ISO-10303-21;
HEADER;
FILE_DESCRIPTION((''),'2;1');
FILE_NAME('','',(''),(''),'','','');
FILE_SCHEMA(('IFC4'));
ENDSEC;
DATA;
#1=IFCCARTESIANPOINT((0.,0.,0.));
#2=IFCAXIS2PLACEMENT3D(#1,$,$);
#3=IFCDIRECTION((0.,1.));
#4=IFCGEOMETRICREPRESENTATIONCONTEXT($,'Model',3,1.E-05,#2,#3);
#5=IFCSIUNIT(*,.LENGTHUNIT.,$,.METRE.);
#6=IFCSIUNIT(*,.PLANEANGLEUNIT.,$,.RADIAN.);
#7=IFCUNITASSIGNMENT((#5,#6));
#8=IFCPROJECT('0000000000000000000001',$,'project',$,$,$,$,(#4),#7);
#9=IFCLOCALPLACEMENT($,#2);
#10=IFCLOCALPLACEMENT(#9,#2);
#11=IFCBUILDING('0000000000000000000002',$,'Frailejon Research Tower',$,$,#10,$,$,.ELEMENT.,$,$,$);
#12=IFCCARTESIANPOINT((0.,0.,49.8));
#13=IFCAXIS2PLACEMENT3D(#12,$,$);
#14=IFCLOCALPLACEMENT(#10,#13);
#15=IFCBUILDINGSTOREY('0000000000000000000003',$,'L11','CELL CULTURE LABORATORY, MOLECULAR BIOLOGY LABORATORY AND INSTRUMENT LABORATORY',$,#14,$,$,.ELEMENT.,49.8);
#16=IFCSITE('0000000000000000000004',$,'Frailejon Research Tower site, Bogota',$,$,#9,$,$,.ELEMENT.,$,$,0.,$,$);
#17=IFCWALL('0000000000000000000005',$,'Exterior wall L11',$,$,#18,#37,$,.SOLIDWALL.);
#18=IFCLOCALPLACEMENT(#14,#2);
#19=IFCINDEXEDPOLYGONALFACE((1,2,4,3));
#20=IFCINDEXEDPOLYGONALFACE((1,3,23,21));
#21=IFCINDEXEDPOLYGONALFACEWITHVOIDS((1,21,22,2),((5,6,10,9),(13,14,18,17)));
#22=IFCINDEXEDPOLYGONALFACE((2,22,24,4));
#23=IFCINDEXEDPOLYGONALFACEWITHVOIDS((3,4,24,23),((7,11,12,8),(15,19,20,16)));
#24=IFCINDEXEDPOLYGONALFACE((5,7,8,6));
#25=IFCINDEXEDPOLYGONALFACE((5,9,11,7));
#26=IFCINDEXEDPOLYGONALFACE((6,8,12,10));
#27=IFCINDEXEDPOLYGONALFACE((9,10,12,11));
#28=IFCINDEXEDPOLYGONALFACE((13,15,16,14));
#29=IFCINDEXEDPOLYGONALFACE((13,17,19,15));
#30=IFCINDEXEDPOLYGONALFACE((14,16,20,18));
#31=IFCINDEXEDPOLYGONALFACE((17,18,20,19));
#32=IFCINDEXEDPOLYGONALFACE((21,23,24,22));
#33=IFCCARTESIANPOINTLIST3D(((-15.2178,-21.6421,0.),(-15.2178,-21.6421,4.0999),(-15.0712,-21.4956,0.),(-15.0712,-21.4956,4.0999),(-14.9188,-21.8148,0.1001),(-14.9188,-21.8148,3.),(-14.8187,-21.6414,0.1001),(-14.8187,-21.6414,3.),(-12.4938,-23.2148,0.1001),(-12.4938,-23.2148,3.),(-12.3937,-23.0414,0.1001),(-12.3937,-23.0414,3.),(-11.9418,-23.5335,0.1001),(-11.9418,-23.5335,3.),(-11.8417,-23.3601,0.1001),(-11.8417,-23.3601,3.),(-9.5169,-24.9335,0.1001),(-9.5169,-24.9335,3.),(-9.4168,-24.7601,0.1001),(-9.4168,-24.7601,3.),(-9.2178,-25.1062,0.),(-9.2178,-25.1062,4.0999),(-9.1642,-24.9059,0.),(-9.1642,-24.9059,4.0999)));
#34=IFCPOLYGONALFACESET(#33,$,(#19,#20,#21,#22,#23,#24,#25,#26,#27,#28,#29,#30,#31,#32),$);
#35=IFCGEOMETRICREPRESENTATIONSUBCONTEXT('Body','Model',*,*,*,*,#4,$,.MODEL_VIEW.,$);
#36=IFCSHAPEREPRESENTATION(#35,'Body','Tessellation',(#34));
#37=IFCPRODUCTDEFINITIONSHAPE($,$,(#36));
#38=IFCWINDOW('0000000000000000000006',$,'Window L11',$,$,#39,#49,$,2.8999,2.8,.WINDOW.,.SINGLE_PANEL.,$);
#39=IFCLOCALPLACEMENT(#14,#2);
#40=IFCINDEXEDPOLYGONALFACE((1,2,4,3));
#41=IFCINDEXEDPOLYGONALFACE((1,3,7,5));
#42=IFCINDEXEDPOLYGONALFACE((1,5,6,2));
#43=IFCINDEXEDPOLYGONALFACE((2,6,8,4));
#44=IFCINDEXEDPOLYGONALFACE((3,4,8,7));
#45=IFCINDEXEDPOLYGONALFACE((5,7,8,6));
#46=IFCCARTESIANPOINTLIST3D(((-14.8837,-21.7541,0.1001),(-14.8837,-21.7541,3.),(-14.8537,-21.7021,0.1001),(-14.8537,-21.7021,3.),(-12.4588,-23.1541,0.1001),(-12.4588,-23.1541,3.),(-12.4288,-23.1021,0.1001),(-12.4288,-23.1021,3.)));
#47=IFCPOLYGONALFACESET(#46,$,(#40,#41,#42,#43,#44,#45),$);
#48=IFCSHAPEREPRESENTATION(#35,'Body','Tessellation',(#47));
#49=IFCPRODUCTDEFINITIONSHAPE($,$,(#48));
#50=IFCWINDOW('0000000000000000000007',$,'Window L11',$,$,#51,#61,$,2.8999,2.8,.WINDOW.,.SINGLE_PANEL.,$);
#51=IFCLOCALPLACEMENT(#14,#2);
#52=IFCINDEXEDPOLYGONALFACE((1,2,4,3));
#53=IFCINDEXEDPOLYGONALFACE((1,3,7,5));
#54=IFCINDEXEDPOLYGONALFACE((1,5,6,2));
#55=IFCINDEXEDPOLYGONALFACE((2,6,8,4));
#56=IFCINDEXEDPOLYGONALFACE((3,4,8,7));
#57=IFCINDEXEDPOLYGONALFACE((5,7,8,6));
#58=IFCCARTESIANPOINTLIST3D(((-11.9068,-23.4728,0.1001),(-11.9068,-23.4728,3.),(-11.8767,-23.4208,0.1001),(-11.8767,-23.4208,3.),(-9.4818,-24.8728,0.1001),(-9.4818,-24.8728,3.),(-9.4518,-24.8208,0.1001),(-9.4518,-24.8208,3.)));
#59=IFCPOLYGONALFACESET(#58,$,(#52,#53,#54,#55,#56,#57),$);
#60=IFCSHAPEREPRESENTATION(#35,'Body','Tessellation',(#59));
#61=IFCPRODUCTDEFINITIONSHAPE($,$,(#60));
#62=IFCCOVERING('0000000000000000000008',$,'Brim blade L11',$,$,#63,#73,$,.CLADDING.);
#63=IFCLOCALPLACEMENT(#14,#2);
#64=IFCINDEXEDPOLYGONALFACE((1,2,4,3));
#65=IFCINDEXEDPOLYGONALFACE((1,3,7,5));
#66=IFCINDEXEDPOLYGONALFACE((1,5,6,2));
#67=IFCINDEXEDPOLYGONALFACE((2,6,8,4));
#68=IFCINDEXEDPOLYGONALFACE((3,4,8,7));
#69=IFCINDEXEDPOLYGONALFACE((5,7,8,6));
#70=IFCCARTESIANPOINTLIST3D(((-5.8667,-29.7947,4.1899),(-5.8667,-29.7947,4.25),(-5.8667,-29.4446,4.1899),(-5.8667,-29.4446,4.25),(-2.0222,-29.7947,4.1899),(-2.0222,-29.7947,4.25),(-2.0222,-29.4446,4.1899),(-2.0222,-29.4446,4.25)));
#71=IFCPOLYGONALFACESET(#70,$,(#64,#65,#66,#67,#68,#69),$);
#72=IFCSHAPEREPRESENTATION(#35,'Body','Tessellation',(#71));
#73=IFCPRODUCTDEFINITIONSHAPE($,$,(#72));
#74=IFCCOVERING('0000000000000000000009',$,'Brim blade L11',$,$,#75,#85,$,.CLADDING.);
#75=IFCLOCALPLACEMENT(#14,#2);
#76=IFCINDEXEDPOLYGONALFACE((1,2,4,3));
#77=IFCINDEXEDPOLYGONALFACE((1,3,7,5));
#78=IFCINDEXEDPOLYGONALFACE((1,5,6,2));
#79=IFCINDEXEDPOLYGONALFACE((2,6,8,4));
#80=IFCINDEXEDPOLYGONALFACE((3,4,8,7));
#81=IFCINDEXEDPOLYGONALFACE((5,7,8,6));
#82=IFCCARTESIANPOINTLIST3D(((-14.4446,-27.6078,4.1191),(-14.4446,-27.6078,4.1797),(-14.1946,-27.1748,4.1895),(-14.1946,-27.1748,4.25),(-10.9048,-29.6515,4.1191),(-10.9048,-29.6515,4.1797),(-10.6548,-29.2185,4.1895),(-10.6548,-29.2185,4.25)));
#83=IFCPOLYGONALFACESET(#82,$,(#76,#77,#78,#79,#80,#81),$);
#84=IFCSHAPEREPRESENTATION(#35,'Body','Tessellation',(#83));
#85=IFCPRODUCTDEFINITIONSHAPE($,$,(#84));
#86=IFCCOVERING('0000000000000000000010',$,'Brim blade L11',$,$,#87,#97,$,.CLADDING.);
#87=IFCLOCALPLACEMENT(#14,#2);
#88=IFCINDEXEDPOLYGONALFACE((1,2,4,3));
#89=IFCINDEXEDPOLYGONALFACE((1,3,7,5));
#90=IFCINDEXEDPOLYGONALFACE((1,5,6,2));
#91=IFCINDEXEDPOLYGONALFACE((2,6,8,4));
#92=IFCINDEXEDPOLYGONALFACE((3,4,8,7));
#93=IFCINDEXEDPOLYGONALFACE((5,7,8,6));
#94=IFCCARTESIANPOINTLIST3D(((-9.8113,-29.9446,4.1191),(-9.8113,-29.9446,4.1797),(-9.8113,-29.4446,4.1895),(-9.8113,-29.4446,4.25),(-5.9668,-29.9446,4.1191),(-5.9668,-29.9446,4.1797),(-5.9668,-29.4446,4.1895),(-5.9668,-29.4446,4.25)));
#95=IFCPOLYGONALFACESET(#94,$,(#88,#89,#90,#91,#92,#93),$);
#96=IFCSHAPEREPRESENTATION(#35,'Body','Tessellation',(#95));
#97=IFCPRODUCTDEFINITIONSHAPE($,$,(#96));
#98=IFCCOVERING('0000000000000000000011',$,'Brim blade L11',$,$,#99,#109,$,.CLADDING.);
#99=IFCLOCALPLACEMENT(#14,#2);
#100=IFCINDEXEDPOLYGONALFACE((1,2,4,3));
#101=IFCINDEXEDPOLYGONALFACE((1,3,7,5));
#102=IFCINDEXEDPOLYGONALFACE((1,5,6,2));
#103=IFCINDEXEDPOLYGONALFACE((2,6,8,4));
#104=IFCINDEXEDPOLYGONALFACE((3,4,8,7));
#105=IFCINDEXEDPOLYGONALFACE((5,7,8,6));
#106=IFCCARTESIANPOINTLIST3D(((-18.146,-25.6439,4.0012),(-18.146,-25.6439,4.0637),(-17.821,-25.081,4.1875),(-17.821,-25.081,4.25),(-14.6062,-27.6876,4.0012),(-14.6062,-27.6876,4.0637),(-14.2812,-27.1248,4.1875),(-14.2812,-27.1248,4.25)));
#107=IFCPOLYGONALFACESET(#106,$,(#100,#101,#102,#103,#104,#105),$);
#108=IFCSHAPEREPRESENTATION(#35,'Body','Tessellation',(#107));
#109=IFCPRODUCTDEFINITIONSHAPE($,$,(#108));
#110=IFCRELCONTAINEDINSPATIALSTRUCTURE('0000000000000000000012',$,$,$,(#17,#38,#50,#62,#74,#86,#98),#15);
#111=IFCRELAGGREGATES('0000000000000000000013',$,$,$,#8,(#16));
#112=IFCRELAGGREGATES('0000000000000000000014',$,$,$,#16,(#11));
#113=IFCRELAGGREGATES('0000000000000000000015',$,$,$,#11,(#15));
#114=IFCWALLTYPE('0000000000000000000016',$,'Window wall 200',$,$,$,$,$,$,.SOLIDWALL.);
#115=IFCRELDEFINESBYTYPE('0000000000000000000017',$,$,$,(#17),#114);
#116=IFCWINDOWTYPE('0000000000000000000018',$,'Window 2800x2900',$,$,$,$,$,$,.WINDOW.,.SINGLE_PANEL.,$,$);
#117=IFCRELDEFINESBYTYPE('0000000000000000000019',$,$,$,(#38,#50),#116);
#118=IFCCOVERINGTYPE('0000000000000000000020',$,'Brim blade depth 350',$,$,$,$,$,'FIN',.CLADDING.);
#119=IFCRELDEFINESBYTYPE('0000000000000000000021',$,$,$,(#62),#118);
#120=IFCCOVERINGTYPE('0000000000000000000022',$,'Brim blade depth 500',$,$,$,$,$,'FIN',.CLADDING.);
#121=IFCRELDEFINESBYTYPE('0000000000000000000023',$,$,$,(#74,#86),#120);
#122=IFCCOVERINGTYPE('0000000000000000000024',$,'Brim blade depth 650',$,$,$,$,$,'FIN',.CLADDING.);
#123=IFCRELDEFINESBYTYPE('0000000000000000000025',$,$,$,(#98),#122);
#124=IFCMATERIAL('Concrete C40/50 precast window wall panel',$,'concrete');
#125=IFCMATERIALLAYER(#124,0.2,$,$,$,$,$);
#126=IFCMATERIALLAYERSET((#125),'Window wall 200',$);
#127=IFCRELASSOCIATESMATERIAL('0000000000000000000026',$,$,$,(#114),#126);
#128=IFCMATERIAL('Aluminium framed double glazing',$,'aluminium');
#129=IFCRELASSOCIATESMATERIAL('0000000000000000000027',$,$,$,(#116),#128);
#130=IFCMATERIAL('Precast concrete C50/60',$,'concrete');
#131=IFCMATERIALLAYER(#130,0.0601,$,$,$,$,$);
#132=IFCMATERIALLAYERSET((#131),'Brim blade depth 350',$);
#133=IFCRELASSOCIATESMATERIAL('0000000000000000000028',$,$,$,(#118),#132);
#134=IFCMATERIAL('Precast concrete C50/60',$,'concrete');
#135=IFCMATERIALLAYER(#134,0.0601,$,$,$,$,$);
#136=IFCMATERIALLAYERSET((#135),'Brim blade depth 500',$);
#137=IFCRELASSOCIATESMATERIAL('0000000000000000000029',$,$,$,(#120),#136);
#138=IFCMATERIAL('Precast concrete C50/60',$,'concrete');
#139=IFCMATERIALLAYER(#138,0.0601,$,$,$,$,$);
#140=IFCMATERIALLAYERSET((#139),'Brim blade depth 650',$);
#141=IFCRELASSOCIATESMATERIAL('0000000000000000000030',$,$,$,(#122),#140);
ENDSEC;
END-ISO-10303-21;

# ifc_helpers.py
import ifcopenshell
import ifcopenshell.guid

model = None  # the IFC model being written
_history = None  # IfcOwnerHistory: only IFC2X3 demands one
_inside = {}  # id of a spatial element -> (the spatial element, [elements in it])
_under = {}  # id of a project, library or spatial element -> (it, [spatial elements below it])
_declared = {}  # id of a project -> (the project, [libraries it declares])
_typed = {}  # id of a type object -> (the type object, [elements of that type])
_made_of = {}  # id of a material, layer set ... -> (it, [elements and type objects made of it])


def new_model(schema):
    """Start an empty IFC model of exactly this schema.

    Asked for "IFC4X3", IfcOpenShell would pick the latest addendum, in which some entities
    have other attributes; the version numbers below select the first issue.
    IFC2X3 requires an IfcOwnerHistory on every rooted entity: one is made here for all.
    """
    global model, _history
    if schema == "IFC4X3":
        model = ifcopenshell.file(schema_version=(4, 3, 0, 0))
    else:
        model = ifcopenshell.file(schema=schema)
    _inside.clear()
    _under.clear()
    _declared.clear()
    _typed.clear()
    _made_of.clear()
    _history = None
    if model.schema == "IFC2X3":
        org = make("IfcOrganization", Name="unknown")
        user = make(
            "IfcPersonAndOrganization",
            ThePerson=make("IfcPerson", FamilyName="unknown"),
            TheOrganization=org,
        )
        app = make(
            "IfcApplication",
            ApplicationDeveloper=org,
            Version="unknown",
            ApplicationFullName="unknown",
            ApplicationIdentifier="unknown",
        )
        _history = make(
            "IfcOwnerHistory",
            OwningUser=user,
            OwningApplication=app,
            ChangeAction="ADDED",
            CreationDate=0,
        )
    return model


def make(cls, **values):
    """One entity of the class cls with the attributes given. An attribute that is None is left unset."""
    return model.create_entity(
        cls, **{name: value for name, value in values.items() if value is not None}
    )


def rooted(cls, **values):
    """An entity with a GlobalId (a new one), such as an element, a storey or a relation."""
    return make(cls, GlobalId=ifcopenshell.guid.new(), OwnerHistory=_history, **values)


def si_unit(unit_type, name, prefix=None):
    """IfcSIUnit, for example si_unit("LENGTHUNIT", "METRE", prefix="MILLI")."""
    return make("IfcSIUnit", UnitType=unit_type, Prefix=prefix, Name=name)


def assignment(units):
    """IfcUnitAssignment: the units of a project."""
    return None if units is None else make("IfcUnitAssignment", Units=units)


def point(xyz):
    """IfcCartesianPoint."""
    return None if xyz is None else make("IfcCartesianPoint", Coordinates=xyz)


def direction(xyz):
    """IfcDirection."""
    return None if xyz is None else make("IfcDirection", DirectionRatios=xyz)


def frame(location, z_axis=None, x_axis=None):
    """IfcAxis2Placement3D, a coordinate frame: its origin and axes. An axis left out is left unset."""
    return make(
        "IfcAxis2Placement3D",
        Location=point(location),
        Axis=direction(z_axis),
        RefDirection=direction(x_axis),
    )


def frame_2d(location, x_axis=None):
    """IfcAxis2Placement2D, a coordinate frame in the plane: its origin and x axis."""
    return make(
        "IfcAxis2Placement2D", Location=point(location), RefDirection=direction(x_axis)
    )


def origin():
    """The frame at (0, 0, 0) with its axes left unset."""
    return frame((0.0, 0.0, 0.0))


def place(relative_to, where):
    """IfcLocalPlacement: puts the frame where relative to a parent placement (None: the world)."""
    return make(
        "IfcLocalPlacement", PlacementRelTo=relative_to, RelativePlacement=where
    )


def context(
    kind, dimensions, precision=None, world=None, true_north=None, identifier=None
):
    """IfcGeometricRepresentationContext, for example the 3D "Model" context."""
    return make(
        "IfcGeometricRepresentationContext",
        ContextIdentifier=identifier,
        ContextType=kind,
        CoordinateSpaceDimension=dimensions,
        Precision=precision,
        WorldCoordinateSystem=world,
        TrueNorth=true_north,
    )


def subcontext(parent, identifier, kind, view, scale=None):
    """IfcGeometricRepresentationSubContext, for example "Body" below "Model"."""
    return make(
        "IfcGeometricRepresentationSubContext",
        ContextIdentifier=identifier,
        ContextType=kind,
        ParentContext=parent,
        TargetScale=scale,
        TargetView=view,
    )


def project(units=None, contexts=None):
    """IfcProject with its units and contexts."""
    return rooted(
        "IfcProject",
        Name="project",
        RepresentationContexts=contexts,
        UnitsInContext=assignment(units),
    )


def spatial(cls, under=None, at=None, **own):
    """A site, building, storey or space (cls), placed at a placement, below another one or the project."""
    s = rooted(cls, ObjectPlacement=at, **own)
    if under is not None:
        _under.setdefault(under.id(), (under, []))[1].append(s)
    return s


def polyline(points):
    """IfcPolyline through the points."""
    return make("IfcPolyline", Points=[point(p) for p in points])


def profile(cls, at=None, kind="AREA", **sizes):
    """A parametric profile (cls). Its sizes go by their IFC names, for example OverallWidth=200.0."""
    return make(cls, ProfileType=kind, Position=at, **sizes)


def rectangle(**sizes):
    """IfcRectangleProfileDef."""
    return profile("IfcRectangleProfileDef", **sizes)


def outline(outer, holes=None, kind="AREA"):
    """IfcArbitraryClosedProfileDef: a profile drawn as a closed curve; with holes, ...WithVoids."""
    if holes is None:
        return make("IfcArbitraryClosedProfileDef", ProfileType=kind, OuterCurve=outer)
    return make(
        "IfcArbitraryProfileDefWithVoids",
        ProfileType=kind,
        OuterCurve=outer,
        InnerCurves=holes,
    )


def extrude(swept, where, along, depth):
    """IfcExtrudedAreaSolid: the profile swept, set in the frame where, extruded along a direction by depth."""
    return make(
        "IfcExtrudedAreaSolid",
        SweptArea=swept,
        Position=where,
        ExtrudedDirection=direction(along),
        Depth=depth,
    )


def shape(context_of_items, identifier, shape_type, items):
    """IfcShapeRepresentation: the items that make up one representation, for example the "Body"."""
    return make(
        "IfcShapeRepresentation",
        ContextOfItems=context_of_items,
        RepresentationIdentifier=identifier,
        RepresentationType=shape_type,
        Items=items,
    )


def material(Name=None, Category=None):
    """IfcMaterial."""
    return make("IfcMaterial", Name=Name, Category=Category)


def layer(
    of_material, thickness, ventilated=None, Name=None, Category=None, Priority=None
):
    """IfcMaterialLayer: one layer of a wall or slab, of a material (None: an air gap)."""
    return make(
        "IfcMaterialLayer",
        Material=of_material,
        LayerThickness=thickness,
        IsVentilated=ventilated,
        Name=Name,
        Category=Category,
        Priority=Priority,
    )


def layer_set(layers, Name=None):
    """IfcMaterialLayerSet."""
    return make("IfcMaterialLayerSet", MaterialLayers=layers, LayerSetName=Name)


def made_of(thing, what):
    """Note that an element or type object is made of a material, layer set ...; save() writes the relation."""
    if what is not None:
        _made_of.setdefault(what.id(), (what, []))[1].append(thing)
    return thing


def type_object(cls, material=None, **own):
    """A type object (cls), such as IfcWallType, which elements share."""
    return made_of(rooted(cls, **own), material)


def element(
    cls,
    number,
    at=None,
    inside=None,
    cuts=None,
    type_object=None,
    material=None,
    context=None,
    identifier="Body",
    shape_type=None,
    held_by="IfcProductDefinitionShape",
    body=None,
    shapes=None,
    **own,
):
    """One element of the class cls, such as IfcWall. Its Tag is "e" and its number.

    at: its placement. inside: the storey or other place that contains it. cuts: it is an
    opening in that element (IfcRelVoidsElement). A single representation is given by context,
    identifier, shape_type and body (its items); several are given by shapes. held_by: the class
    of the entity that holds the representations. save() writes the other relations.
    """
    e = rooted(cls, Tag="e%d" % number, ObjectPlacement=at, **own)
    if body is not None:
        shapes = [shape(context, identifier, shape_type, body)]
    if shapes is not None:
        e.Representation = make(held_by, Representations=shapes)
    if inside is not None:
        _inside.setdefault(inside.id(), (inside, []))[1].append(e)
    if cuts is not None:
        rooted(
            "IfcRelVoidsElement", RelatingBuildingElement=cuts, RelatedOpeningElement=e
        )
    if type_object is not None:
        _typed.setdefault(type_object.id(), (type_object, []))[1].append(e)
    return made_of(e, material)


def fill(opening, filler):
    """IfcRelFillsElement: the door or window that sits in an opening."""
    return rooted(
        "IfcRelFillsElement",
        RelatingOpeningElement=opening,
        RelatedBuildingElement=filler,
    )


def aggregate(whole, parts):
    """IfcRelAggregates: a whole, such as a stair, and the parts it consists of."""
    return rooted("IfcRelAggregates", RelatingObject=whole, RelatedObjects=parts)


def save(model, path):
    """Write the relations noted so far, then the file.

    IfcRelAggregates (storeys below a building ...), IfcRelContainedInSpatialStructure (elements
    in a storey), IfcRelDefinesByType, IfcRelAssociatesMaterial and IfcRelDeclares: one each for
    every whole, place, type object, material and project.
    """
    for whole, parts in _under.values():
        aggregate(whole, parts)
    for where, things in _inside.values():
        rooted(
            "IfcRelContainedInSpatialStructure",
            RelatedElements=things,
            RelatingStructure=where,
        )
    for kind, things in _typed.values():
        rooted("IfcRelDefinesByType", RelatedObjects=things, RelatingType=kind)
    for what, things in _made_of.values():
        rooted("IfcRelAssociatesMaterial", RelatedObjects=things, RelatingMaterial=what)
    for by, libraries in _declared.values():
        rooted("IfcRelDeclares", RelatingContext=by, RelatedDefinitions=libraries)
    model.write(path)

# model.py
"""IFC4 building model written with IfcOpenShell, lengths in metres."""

from ifc_helpers import new_model, si_unit, direction, frame, frame_2d, origin, place, context, subcontext, project, spatial, polyline, rectangle, outline, extrude, material, layer, layer_set, type_object, element, fill, save


model = new_model("IFC4")

# Units and contexts
model_context = context("Model", 3, precision=1e-05, world=origin(), true_north=direction((0.0, 1.0)))
body_context = subcontext(model_context, "Body", "Model", "MODEL_VIEW")
ifc_project = project(units=[si_unit("LENGTHUNIT", "METRE"), si_unit("PLANEANGLEUNIT", "RADIAN")], contexts=[model_context])

# Site, building, storey
site_placement = place(None, origin())
site = spatial("IfcSite", under=ifc_project, at=site_placement, Name="Frailejon Research Tower site, Bogota", CompositionType="ELEMENT", RefElevation=0.0)
building_placement = place(site_placement, origin())
building = spatial("IfcBuilding", under=site, at=building_placement, Name="Frailejon Research Tower", CompositionType="ELEMENT")
storey_placement = place(building_placement, frame((0.0, 0.0, 49.8)))
storey = spatial("IfcBuildingStorey", under=building, at=storey_placement, Name="L11", Description="CELL CULTURE LABORATORY, MOLECULAR BIOLOGY LABORATORY AND INSTRUMENT LABORATORY", CompositionType="ELEMENT", Elevation=49.8)

# Wall, openings, windows
ifc_material_1 = material(Name="Concrete C40/50 precast window wall panel", Category="concrete")
ifc_layer_1 = layer(ifc_material_1, 0.2)
ifc_layer_set_1 = layer_set([ifc_layer_1], Name="Window wall 200")
wall_type_1 = type_object("IfcWallType", Name="Window wall 200", PredefinedType="SOLIDWALL", material=ifc_layer_set_1)
wall_1_placement = place(storey_placement, frame((-15.1445, -21.5688, 0.0), z_axis=(0.0, 0.0, 1.0), x_axis=(0.866029, -0.499993, 0.0)))
wall_1 = element("IfcWall", 1, at=wall_1_placement, inside=storey, type_object=wall_type_1, Name="Exterior wall L11", PredefinedType="SOLIDWALL", context=body_context, shape_type="SweptSolid", body=[
    extrude(outline(polyline([(-0.0269, -0.1001), (1.1279, -0.1001), (2.2825, -0.1001), (3.4373, -0.1001), (4.592, -0.1001), (5.7466, -0.1001), (6.9014, -0.1001), (6.8477, 0.1001), (5.7109, 0.1001), (4.574, 0.1001), (3.4373, 0.1001), (2.3005, 0.1001), (1.1636, 0.1001), (0.0269, 0.1001), (-0.0269, -0.1001)])), origin(), (0.0, 0.0, 1.0), 4.0999),
])
opening_1_placement = place(wall_1_placement, frame((0.3186, 0.0, 0.1001)))
opening_1 = element("IfcOpeningElement", 2, at=opening_1_placement, cuts=wall_1, PredefinedType="OPENING", context=body_context, shape_type="SweptSolid", body=[
    extrude(rectangle(XDim=2.8, YDim=2.8999, at=frame_2d((1.3999, 1.45))), frame((0.0, 0.1099, 0.0), z_axis=(0.0, -1.0, 0.0), x_axis=(1.0, 0.0, 0.0)), (0.0, 0.0, 1.0), 0.22),
])
opening_2_placement = place(wall_1_placement, frame((3.7561, 0.0, 0.1001)))
opening_2 = element("IfcOpeningElement", 3, at=opening_2_placement, cuts=wall_1, PredefinedType="OPENING", context=body_context, shape_type="SweptSolid", body=[
    extrude(rectangle(XDim=2.8, YDim=2.8999, at=frame_2d((1.3999, 1.45))), frame((0.0, 0.1099, 0.0), z_axis=(0.0, -1.0, 0.0), x_axis=(1.0, 0.0, 0.0)), (0.0, 0.0, 1.0), 0.22),
])
ifc_material_2 = material(Name="Aluminium framed double glazing", Category="aluminium")
window_type_1 = type_object("IfcWindowType", Name="Window 2800x2900", PartitioningType="SINGLE_PANEL", PredefinedType="WINDOW", material=ifc_material_2)
window_1_placement = place(opening_1_placement, origin())
window_1 = element("IfcWindow", 4, at=window_1_placement, inside=storey, type_object=window_type_1, Name="Window L11", OverallHeight=2.8999, OverallWidth=2.8, PartitioningType="SINGLE_PANEL", PredefinedType="WINDOW", context=body_context, shape_type="SweptSolid", body=[
    extrude(rectangle(XDim=2.8, YDim=2.8999, at=frame_2d((1.3999, 1.45))), frame((0.0, 0.03, 0.0), z_axis=(0.0, -1.0, 0.0), x_axis=(1.0, 0.0, 0.0)), (0.0, 0.0, 1.0), 0.0601),
])
fill(opening_1, window_1)
window_2_placement = place(opening_2_placement, origin())
window_2 = element("IfcWindow", 5, at=window_2_placement, inside=storey, type_object=window_type_1, Name="Window L11", OverallHeight=2.8999, OverallWidth=2.8, PartitioningType="SINGLE_PANEL", PredefinedType="WINDOW", context=body_context, shape_type="SweptSolid", body=[
    extrude(rectangle(XDim=2.8, YDim=2.8999, at=frame_2d((1.3999, 1.45))), frame((0.0, 0.03, 0.0), z_axis=(0.0, -1.0, 0.0), x_axis=(1.0, 0.0, 0.0)), (0.0, 0.0, 1.0), 0.0601),
])
fill(opening_2, window_2)

# Coverings
ifc_material_3 = material(Name="Precast concrete C50/60", Category="concrete")
ifc_layer_2 = layer(ifc_material_3, 0.0601)
ifc_layer_set_2 = layer_set([ifc_layer_2], Name="Brim blade depth 350")
covering_type_1 = type_object("IfcCoveringType", Name="Brim blade depth 350", ElementType="FIN", PredefinedType="CLADDING", material=ifc_layer_set_2)
covering_1_placement = place(storey_placement, frame((-2.0222, -29.4446, 4.25), z_axis=(-1.0, 0.0, 0.0), x_axis=(0.0, -1.0, 0.0)))
element("IfcCovering", 6, at=covering_1_placement, inside=storey, type_object=covering_type_1, Name="Brim blade L11", PredefinedType="CLADDING", context=body_context, shape_type="SweptSolid", body=[
    extrude(outline(polyline([(0.0, -0.0601), (0.3501, -0.0601), (0.3501, 0.0), (0.0, 0.0), (0.0, -0.0601)])), origin(), (0.0, 0.0, 1.0), 3.8445),
])
ifc_material_4 = material(Name="Precast concrete C50/60", Category="concrete")
ifc_layer_3 = layer(ifc_material_4, 0.0601)
ifc_layer_set_3 = layer_set([ifc_layer_3], Name="Brim blade depth 500")
covering_type_2 = type_object("IfcCoveringType", Name="Brim blade depth 500", ElementType="FIN", PredefinedType="CLADDING", material=ifc_layer_set_3)
covering_2_placement = place(storey_placement, frame((-10.6548, -29.2185, 4.25), z_axis=(-0.866021, 0.500007, 0.0), x_axis=(-0.500007, -0.866021, 0.0)))
element("IfcCovering", 7, at=covering_2_placement, inside=storey, type_object=covering_type_2, Name="Brim blade L11", PredefinedType="CLADDING", context=body_context, shape_type="SweptSolid", body=[
    extrude(outline(polyline([(0.0, -0.0605), (0.5, -0.1309), (0.5, -0.0703), (0.0, 0.0), (0.0, -0.0605)])), origin(), (0.0, 0.0, 1.0), 4.0874),
])
covering_3_placement = place(storey_placement, frame((-5.9668, -29.4446, 4.25), z_axis=(-1.0, 0.0, 0.0), x_axis=(0.0, -1.0, 0.0)))
element("IfcCovering", 8, at=covering_3_placement, inside=storey, type_object=covering_type_2, Name="Brim blade L11", PredefinedType="CLADDING", context=body_context, shape_type="SweptSolid", body=[
    extrude(outline(polyline([(0.0, -0.0605), (0.5, -0.1309), (0.5, -0.0703), (0.0, 0.0), (0.0, -0.0605)])), origin(), (0.0, 0.0, 1.0), 3.8445),
])
ifc_material_5 = material(Name="Precast concrete C50/60", Category="concrete")
ifc_layer_4 = layer(ifc_material_5, 0.0601)
ifc_layer_set_4 = layer_set([ifc_layer_4], Name="Brim blade depth 650")
covering_type_3 = type_object("IfcCoveringType", Name="Brim blade depth 650", ElementType="FIN", PredefinedType="CLADDING", material=ifc_layer_set_4)
covering_4_placement = place(storey_placement, frame((-14.2812, -27.1248, 4.25), z_axis=(-0.866021, 0.500007, 0.0), x_axis=(-0.500007, -0.866021, 0.0)))
element("IfcCovering", 9, at=covering_4_placement, inside=storey, type_object=covering_type_3, Name="Brim blade L11", PredefinedType="CLADDING", context=body_context, shape_type="SweptSolid", body=[
    extrude(outline(polyline([(0.0, -0.0625), (0.6499, -0.2488), (0.6499, -0.1863), (0.0, 0.0), (0.0, -0.0625)])), origin(), (0.0, 0.0, 1.0), 4.0874),
])

save(model, "model.ifc")
